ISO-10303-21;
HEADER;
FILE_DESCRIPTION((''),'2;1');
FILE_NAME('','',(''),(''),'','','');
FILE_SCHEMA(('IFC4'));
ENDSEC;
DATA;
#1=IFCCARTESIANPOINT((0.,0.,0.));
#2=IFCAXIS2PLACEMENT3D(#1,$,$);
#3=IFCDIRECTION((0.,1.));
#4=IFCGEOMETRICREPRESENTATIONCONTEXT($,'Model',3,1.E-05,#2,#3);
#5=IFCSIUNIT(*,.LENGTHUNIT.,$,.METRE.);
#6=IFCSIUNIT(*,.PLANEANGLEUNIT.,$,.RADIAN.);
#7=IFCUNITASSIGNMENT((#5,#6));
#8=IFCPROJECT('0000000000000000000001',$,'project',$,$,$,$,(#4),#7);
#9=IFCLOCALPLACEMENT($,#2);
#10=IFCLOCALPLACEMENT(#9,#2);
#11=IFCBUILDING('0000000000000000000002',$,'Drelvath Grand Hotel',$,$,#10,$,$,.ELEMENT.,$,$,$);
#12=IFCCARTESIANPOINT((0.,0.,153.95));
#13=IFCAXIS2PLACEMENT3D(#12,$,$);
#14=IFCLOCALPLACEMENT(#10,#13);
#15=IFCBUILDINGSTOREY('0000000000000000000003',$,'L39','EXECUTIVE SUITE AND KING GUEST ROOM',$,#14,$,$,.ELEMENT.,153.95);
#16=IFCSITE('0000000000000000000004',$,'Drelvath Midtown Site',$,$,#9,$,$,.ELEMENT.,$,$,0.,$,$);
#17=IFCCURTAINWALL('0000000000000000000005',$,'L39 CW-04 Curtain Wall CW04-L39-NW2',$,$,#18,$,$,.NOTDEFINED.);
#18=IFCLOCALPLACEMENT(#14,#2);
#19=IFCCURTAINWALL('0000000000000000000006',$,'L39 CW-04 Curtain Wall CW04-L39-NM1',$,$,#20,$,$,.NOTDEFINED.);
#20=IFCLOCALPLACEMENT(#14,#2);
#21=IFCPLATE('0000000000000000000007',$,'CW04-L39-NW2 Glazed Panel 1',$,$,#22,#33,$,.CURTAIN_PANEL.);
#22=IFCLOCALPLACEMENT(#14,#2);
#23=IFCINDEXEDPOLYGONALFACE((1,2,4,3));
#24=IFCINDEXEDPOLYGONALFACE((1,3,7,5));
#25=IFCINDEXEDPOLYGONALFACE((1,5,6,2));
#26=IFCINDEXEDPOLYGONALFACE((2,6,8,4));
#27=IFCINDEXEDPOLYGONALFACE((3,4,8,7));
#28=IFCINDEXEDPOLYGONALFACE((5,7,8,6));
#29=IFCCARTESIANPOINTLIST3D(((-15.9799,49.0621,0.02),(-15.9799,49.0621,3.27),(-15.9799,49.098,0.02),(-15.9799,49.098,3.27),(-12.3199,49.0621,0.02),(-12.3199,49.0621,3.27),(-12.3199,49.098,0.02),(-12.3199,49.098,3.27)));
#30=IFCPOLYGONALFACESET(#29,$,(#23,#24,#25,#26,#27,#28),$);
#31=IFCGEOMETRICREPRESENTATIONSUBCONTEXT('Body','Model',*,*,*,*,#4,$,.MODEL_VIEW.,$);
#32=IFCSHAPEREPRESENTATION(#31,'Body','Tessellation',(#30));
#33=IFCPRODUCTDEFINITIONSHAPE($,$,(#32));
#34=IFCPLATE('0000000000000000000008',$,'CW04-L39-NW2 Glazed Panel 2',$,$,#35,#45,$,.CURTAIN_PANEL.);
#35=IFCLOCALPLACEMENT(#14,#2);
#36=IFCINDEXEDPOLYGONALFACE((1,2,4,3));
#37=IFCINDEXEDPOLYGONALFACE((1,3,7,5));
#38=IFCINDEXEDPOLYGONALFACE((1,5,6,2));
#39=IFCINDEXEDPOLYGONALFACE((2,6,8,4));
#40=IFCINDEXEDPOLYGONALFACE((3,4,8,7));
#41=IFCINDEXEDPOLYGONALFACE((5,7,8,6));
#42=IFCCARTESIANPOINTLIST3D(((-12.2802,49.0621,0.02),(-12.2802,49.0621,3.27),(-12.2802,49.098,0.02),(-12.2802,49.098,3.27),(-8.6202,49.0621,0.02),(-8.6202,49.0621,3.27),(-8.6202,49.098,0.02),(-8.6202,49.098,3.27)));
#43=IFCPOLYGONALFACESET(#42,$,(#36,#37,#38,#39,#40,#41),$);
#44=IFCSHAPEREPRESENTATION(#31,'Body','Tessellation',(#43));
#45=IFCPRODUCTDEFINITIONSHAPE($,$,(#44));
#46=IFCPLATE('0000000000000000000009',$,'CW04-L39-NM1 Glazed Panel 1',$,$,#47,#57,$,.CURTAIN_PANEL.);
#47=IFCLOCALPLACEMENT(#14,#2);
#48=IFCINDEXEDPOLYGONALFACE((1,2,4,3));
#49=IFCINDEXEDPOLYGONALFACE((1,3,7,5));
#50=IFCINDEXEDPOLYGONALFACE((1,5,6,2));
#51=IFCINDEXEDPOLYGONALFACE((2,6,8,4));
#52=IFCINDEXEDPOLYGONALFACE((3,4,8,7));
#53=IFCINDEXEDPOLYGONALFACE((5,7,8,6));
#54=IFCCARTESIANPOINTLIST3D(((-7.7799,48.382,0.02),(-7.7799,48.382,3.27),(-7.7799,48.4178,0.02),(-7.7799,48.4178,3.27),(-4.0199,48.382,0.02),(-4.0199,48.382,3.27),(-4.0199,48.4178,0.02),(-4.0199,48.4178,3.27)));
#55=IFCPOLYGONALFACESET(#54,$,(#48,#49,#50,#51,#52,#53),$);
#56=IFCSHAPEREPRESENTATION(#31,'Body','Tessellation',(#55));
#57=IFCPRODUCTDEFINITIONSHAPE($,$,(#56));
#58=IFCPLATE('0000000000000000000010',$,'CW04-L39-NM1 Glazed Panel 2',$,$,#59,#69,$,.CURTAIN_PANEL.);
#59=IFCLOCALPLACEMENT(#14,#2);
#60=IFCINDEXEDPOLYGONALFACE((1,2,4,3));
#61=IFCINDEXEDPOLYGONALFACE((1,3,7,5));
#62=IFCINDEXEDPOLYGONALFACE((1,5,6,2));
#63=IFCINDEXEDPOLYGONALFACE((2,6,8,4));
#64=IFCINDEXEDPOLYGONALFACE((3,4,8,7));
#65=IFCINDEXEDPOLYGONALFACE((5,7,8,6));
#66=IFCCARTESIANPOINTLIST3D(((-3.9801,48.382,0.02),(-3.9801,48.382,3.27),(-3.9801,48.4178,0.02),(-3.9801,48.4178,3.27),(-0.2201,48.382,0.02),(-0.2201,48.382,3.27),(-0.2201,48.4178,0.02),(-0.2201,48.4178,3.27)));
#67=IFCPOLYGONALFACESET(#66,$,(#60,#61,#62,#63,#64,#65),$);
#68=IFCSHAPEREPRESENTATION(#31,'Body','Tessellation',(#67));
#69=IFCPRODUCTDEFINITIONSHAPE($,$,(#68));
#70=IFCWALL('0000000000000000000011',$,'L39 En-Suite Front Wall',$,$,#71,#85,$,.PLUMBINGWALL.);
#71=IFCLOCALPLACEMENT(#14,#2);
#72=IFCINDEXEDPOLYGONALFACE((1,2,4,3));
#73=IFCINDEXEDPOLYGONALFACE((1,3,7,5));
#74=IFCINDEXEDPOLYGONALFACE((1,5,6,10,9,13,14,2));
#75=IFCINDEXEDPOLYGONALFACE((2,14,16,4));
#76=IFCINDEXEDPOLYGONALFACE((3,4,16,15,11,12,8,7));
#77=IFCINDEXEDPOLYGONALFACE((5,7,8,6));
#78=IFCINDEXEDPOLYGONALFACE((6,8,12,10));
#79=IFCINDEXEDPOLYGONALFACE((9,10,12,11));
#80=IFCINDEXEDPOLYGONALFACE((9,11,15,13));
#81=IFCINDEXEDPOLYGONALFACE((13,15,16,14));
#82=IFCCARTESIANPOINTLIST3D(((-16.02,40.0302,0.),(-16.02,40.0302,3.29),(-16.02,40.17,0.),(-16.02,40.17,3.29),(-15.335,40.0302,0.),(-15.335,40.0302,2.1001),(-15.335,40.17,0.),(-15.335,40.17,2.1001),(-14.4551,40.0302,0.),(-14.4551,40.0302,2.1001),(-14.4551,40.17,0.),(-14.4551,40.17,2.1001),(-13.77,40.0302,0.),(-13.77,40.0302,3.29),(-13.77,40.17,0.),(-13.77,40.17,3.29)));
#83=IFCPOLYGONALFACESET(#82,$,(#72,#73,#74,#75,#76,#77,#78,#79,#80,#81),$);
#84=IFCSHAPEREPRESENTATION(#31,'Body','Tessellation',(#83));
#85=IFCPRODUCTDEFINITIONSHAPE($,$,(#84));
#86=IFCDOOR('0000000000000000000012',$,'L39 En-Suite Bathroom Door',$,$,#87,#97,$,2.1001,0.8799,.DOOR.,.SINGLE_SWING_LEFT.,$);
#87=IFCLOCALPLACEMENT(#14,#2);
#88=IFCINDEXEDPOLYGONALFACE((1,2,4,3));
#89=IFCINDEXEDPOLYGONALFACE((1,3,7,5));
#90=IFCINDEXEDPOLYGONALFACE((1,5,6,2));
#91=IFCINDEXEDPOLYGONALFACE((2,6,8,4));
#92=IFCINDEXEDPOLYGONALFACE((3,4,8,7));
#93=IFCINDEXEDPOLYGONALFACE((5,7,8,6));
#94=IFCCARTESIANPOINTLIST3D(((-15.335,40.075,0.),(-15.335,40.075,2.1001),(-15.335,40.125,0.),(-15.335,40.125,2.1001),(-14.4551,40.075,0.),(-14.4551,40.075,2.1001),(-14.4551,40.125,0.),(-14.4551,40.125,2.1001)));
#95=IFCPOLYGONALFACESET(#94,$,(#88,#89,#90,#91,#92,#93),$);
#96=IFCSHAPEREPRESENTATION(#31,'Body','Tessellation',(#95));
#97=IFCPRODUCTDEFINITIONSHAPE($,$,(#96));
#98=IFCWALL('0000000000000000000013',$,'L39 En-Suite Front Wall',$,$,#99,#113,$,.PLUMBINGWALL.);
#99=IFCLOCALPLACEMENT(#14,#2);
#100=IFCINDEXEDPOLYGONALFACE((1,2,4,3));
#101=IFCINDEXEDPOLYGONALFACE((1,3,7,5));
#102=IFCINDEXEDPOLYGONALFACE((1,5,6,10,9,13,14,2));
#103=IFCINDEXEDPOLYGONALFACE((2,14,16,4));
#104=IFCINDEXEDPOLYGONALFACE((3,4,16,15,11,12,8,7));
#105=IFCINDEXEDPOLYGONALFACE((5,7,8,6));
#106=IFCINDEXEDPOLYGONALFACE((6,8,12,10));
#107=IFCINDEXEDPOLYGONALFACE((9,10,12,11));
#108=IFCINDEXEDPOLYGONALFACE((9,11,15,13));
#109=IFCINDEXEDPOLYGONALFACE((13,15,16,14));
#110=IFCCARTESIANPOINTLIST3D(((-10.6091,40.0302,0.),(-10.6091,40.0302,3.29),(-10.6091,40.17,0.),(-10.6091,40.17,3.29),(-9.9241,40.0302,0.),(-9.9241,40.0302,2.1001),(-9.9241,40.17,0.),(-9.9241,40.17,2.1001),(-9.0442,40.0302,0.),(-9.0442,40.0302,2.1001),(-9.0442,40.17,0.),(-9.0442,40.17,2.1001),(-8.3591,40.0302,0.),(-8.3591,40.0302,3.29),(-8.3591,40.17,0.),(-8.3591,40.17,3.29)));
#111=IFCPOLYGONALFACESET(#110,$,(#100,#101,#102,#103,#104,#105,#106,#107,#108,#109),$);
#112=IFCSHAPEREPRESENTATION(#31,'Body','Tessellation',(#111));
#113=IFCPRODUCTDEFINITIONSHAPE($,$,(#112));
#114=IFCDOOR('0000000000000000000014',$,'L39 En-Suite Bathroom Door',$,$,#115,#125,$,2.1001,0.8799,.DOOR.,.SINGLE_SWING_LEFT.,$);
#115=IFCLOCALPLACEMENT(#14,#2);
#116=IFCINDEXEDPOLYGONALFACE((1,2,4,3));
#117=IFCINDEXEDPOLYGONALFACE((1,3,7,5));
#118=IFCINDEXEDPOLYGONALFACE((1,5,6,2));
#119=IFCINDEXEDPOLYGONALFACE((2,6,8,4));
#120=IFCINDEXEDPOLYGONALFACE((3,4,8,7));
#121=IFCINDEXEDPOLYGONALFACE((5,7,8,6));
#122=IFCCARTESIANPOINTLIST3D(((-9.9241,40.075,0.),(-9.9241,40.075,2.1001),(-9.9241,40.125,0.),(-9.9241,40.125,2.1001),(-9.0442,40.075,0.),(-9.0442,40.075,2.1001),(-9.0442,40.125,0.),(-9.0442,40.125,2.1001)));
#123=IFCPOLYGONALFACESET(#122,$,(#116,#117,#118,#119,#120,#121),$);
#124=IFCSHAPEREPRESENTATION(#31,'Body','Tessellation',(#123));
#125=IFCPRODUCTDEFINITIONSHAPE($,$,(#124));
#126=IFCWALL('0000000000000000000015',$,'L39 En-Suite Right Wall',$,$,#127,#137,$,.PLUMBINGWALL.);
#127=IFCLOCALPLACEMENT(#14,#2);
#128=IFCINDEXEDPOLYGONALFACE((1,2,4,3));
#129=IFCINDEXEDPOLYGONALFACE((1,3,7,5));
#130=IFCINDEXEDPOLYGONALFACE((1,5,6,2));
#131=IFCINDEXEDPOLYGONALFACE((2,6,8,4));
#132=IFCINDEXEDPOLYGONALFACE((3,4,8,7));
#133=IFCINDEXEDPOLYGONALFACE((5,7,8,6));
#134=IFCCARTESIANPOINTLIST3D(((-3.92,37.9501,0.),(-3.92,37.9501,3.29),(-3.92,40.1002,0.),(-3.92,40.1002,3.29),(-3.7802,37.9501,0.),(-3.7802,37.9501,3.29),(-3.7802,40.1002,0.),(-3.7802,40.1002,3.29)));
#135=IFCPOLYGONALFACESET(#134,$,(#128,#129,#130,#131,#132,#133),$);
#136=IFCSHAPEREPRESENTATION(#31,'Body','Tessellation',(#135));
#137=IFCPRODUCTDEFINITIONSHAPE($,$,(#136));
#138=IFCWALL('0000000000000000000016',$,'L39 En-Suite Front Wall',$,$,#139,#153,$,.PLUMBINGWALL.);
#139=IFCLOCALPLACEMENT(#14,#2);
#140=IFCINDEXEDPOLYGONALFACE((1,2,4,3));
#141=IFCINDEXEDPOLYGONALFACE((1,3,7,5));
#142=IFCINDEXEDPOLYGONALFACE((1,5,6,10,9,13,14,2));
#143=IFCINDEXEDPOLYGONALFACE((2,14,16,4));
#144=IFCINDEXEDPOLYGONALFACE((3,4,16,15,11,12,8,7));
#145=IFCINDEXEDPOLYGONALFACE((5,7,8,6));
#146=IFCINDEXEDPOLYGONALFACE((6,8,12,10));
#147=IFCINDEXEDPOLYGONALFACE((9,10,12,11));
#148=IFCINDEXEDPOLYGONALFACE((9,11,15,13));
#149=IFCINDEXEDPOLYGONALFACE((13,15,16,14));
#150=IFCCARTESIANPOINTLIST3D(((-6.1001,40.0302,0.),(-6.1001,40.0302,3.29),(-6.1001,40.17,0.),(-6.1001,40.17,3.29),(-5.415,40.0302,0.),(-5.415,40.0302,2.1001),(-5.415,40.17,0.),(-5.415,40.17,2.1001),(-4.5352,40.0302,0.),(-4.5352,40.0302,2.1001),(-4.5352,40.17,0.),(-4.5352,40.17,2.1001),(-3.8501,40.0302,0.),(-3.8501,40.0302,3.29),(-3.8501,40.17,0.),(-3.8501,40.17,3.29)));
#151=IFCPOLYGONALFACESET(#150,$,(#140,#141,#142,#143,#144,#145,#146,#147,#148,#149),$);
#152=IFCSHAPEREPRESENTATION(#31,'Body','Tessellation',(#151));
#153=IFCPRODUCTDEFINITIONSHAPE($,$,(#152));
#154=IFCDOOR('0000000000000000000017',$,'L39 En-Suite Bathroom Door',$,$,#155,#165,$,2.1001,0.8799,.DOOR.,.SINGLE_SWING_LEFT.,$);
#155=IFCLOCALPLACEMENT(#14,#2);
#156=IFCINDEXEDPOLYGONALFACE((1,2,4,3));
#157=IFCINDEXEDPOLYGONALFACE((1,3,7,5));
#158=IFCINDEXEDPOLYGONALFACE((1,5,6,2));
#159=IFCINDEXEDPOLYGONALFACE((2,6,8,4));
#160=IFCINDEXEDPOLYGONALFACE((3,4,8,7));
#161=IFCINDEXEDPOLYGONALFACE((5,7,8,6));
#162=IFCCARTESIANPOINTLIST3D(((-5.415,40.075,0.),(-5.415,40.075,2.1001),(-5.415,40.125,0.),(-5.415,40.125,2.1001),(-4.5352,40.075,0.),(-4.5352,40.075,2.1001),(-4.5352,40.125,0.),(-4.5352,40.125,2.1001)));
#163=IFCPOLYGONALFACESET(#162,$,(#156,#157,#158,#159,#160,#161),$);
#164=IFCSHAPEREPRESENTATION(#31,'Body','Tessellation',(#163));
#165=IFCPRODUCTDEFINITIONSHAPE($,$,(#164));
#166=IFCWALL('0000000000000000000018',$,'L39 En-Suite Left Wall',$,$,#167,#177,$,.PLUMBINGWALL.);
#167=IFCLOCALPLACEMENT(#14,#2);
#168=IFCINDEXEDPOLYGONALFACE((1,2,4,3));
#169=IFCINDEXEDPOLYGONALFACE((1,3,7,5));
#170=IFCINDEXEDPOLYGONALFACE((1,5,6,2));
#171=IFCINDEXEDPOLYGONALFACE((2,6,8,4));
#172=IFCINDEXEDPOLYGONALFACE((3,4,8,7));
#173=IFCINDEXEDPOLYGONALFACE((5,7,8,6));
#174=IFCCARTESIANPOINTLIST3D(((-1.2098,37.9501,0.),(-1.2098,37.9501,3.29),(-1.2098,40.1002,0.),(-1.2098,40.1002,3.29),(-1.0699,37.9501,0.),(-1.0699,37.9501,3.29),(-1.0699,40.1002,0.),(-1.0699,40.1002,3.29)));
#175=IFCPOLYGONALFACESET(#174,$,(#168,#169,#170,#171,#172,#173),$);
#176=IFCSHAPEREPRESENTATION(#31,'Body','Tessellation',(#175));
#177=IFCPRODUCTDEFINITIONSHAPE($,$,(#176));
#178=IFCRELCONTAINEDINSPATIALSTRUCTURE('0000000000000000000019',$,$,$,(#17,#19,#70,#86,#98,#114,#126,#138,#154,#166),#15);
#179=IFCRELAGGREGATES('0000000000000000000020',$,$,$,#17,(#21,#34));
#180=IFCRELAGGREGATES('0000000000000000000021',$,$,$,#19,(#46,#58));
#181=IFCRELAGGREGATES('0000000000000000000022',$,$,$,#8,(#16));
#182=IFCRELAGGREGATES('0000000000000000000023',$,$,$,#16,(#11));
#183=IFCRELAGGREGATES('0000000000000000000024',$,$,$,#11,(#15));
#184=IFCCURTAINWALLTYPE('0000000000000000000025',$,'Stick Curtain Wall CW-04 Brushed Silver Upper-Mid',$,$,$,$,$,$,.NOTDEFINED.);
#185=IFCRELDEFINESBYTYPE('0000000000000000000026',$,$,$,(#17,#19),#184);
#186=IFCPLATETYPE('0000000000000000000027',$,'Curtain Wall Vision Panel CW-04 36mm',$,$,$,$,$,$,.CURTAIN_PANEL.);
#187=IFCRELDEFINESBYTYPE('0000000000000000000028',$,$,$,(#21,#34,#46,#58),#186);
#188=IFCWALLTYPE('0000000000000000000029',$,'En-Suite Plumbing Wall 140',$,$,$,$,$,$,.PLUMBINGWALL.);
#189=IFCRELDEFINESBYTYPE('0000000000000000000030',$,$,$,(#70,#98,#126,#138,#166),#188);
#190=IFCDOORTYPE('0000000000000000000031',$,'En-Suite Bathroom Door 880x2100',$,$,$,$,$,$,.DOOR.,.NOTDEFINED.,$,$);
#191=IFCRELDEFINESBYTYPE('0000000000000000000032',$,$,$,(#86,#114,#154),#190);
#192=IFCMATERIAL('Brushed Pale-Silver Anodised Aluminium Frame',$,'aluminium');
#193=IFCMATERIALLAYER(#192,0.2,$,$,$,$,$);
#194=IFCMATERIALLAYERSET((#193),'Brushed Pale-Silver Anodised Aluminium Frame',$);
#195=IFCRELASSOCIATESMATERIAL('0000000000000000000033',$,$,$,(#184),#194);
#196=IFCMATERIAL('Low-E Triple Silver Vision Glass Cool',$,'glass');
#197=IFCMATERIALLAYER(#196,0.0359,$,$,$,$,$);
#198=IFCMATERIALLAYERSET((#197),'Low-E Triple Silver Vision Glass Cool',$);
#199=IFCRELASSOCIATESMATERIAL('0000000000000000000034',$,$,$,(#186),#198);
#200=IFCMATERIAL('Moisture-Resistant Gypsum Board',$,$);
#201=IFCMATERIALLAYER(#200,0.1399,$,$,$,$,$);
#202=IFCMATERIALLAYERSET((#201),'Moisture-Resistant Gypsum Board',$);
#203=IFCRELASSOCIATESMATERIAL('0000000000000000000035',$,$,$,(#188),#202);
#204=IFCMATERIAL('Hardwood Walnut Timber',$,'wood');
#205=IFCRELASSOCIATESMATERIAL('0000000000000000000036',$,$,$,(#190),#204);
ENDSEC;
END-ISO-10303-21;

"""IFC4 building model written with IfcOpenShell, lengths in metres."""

from ifc_helpers import new_model, si_unit, direction, frame, frame_2d, origin, origin_2d, place, context, subcontext, project, spatial, rectangle, extrude, material, layer, layer_set, type_object, element, fill, aggregate, save


model = new_model("IFC4")

# Units and contexts
model_context = context("Model", 3, precision=1e-05, world=origin(), true_north=direction((0.0, 1.0)))
body_context = subcontext(model_context, "Body", "Model", "MODEL_VIEW")
ifc_project = project(units=[si_unit("LENGTHUNIT", "METRE"), si_unit("PLANEANGLEUNIT", "RADIAN")], contexts=[model_context])

# Site, building, storey
site_placement = place(None, origin())
site = spatial("IfcSite", under=ifc_project, at=site_placement, Name="Drelvath Midtown Site", CompositionType="ELEMENT", RefElevation=0.0)
building_placement = place(site_placement, origin())
building = spatial("IfcBuilding", under=site, at=building_placement, Name="Drelvath Grand Hotel", CompositionType="ELEMENT")
storey_placement = place(building_placement, frame((0.0, 0.0, 153.95)))
storey = spatial("IfcBuildingStorey", under=building, at=storey_placement, Name="L39", Description="EXECUTIVE SUITE AND KING GUEST ROOM", CompositionType="ELEMENT", Elevation=153.95)

# Curtain walls
ifc_material_1 = material(Name="Brushed Pale-Silver Anodised Aluminium Frame", Category="aluminium")
ifc_layer_1 = layer(ifc_material_1, 0.2)
ifc_layer_set_1 = layer_set([ifc_layer_1], Name="Brushed Pale-Silver Anodised Aluminium Frame")
curtain_wall_type = type_object("IfcCurtainWallType", Name="Stick Curtain Wall CW-04 Brushed Silver Upper-Mid", PredefinedType="NOTDEFINED", material=ifc_layer_set_1)
curtain_wall_1_placement = place(storey_placement, origin())
curtain_wall_1 = element("IfcCurtainWall", 1, at=curtain_wall_1_placement, inside=storey, type_object=curtain_wall_type, Name="L39 CW-04 Curtain Wall CW04-L39-NW2", PredefinedType="NOTDEFINED")
curtain_wall_2_placement = place(storey_placement, origin())
curtain_wall_2 = element("IfcCurtainWall", 2, at=curtain_wall_2_placement, inside=storey, type_object=curtain_wall_type, Name="L39 CW-04 Curtain Wall CW04-L39-NM1", PredefinedType="NOTDEFINED")

# Plates
ifc_material_2 = material(Name="Low-E Triple Silver Vision Glass Cool", Category="glass")
ifc_layer_2 = layer(ifc_material_2, 0.0359)
ifc_layer_set_2 = layer_set([ifc_layer_2], Name="Low-E Triple Silver Vision Glass Cool")
plate_type = type_object("IfcPlateType", Name="Curtain Wall Vision Panel CW-04 36mm", PredefinedType="CURTAIN_PANEL", material=ifc_layer_set_2)
plate_1_placement = place(storey_placement, frame((-14.1499, 49.0801, 0.02), z_axis=(0.0, 0.0, 1.0), x_axis=(1.0, 0.0, 0.0)))
plate_1 = element("IfcPlate", 3, at=plate_1_placement, type_object=plate_type, Name="CW04-L39-NW2 Glazed Panel 1", PredefinedType="CURTAIN_PANEL", context=body_context, shape_type="SweptSolid", body=[
    extrude(rectangle(XDim=3.6599, YDim=0.0359, at=origin_2d()), origin(), (0.0, 0.0, 1.0), 3.25),
])
plate_2_placement = place(storey_placement, frame((-10.4502, 49.0801, 0.02), z_axis=(0.0, 0.0, 1.0), x_axis=(1.0, 0.0, 0.0)))
plate_2 = element("IfcPlate", 4, at=plate_2_placement, type_object=plate_type, Name="CW04-L39-NW2 Glazed Panel 2", PredefinedType="CURTAIN_PANEL", context=body_context, shape_type="SweptSolid", body=[
    extrude(rectangle(XDim=3.6599, YDim=0.0359, at=origin_2d()), origin(), (0.0, 0.0, 1.0), 3.25),
])
aggregate(curtain_wall_1, [plate_1, plate_2])
plate_3_placement = place(storey_placement, frame((-5.8999, 48.3999, 0.02), z_axis=(0.0, 0.0, 1.0), x_axis=(1.0, 0.0, 0.0)))
plate_3 = element("IfcPlate", 5, at=plate_3_placement, type_object=plate_type, Name="CW04-L39-NM1 Glazed Panel 1", PredefinedType="CURTAIN_PANEL", context=body_context, shape_type="SweptSolid", body=[
    extrude(rectangle(XDim=3.76, YDim=0.0359, at=origin_2d()), origin(), (0.0, 0.0, 1.0), 3.25),
])
plate_4_placement = place(storey_placement, frame((-2.1001, 48.3999, 0.02), z_axis=(0.0, 0.0, 1.0), x_axis=(1.0, 0.0, 0.0)))
plate_4 = element("IfcPlate", 6, at=plate_4_placement, type_object=plate_type, Name="CW04-L39-NM1 Glazed Panel 2", PredefinedType="CURTAIN_PANEL", context=body_context, shape_type="SweptSolid", body=[
    extrude(rectangle(XDim=3.76, YDim=0.0359, at=origin_2d()), origin(), (0.0, 0.0, 1.0), 3.25),
])
aggregate(curtain_wall_2, [plate_3, plate_4])

# Walls, openings, doors
ifc_material_3 = material(Name="Moisture-Resistant Gypsum Board")
ifc_layer_3 = layer(ifc_material_3, 0.1399)
ifc_layer_set_3 = layer_set([ifc_layer_3], Name="Moisture-Resistant Gypsum Board")
wall_type_1 = type_object("IfcWallType", Name="En-Suite Plumbing Wall 140", PredefinedType="PLUMBINGWALL", material=ifc_layer_set_3)
wall_1_placement = place(storey_placement, frame((-16.02, 40.1001, 0.0), z_axis=(0.0, 0.0, 1.0), x_axis=(1.0, 0.0, 0.0)))
wall_1 = element("IfcWall", 7, at=wall_1_placement, inside=storey, type_object=wall_type_1, Name="L39 En-Suite Front Wall", PredefinedType="PLUMBINGWALL", context=body_context, shape_type="SweptSolid", body=[
    extrude(rectangle(XDim=2.25, YDim=0.1399, at=frame_2d((1.125, 0.0))), origin(), (0.0, 0.0, 1.0), 3.29),
])
opening_1_placement = place(wall_1_placement, frame((0.6851, 0.0, 0.0)))
opening_1 = element("IfcOpeningElement", 8, at=opening_1_placement, cuts=wall_1, PredefinedType="OPENING", context=body_context, shape_type="SweptSolid", body=[
    extrude(rectangle(XDim=0.8799, YDim=2.1001, at=frame_2d((0.4399, 1.05))), frame((0.0, 0.0798, 0.0), z_axis=(0.0, -1.0, 0.0), x_axis=(1.0, 0.0, 0.0)), (0.0, 0.0, 1.0), 0.1599),
])
ifc_material_4 = material(Name="Hardwood Walnut Timber", Category="wood")
door_type = type_object("IfcDoorType", Name="En-Suite Bathroom Door 880x2100", OperationType="NOTDEFINED", PredefinedType="DOOR", material=ifc_material_4)
door_1_placement = place(opening_1_placement, origin())
door_1 = element("IfcDoor", 9, at=door_1_placement, inside=storey, type_object=door_type, Name="L39 En-Suite Bathroom Door", OperationType="SINGLE_SWING_LEFT", OverallHeight=2.1001, OverallWidth=0.8799, PredefinedType="DOOR", context=body_context, shape_type="SweptSolid", body=[
    extrude(rectangle(XDim=0.8799, YDim=2.1001, at=frame_2d((0.4399, 1.05))), frame((0.0, 0.0249, 0.0), z_axis=(0.0, -1.0, 0.0), x_axis=(1.0, 0.0, 0.0)), (0.0, 0.0, 1.0), 0.05),
])
fill(opening_1, door_1)
wall_2_placement = place(storey_placement, frame((-10.6091, 40.1001, 0.0), z_axis=(0.0, 0.0, 1.0), x_axis=(1.0, 0.0, 0.0)))
wall_2 = element("IfcWall", 10, at=wall_2_placement, inside=storey, type_object=wall_type_1, Name="L39 En-Suite Front Wall", PredefinedType="PLUMBINGWALL", context=body_context, shape_type="SweptSolid", body=[
    extrude(rectangle(XDim=2.25, YDim=0.1399, at=frame_2d((1.125, 0.0))), origin(), (0.0, 0.0, 1.0), 3.29),
])
opening_2_placement = place(wall_2_placement, frame((0.6851, 0.0, 0.0)))
opening_2 = element("IfcOpeningElement", 11, at=opening_2_placement, cuts=wall_2, PredefinedType="OPENING", context=body_context, shape_type="SweptSolid", body=[
    extrude(rectangle(XDim=0.8799, YDim=2.1001, at=frame_2d((0.4399, 1.05))), frame((0.0, 0.0798, 0.0), z_axis=(0.0, -1.0, 0.0), x_axis=(1.0, 0.0, 0.0)), (0.0, 0.0, 1.0), 0.1599),
])
door_2_placement = place(opening_2_placement, origin())
door_2 = element("IfcDoor", 12, at=door_2_placement, inside=storey, type_object=door_type, Name="L39 En-Suite Bathroom Door", OperationType="SINGLE_SWING_LEFT", OverallHeight=2.1001, OverallWidth=0.8799, PredefinedType="DOOR", context=body_context, shape_type="SweptSolid", body=[
    extrude(rectangle(XDim=0.8799, YDim=2.1001, at=frame_2d((0.4399, 1.05))), frame((0.0, 0.0249, 0.0), z_axis=(0.0, -1.0, 0.0), x_axis=(1.0, 0.0, 0.0)), (0.0, 0.0, 1.0), 0.05),
])
fill(opening_2, door_2)

# Wall
wall_3_placement = place(storey_placement, frame((-3.8501, 37.95, 0.0), z_axis=(0.0, 0.0, 1.0), x_axis=(0.0, 1.0, 0.0)))
element("IfcWall", 13, at=wall_3_placement, inside=storey, type_object=wall_type_1, Name="L39 En-Suite Right Wall", PredefinedType="PLUMBINGWALL", context=body_context, shape_type="SweptSolid", body=[
    extrude(rectangle(XDim=2.1501, YDim=0.1399, at=frame_2d((1.0752, 0.0))), origin(), (0.0, 0.0, 1.0), 3.29),
])

# Wall, opening, door
wall_4_placement = place(storey_placement, frame((-6.1001, 40.1001, 0.0), z_axis=(0.0, 0.0, 1.0), x_axis=(1.0, 0.0, 0.0)))
wall_4 = element("IfcWall", 14, at=wall_4_placement, inside=storey, type_object=wall_type_1, Name="L39 En-Suite Front Wall", PredefinedType="PLUMBINGWALL", context=body_context, shape_type="SweptSolid", body=[
    extrude(rectangle(XDim=2.25, YDim=0.1399, at=frame_2d((1.125, 0.0))), origin(), (0.0, 0.0, 1.0), 3.29),
])
opening_3_placement = place(wall_4_placement, frame((0.6851, 0.0, 0.0)))
opening_3 = element("IfcOpeningElement", 15, at=opening_3_placement, cuts=wall_4, PredefinedType="OPENING", context=body_context, shape_type="SweptSolid", body=[
    extrude(rectangle(XDim=0.8799, YDim=2.1001, at=frame_2d((0.4399, 1.05))), frame((0.0, 0.0798, 0.0), z_axis=(0.0, -1.0, 0.0), x_axis=(1.0, 0.0, 0.0)), (0.0, 0.0, 1.0), 0.1599),
])
door_3_placement = place(opening_3_placement, origin())
door_3 = element("IfcDoor", 16, at=door_3_placement, inside=storey, type_object=door_type, Name="L39 En-Suite Bathroom Door", OperationType="SINGLE_SWING_LEFT", OverallHeight=2.1001, OverallWidth=0.8799, PredefinedType="DOOR", context=body_context, shape_type="SweptSolid", body=[
    extrude(rectangle(XDim=0.8799, YDim=2.1001, at=frame_2d((0.4399, 1.05))), frame((0.0, 0.0249, 0.0), z_axis=(0.0, -1.0, 0.0), x_axis=(1.0, 0.0, 0.0)), (0.0, 0.0, 1.0), 0.05),
])
fill(opening_3, door_3)

# Wall
wall_5_placement = place(storey_placement, frame((-1.1399, 37.95, 0.0), z_axis=(0.0, 0.0, 1.0), x_axis=(0.0, 1.0, 0.0)))
element("IfcWall", 17, at=wall_5_placement, inside=storey, type_object=wall_type_1, Name="L39 En-Suite Left Wall", PredefinedType="PLUMBINGWALL", context=body_context, shape_type="SweptSolid", body=[
    extrude(rectangle(XDim=2.1501, YDim=0.1399, at=frame_2d((1.0752, 0.0))), origin(), (0.0, 0.0, 1.0), 3.29),
])

save(model, "model.ifc")
